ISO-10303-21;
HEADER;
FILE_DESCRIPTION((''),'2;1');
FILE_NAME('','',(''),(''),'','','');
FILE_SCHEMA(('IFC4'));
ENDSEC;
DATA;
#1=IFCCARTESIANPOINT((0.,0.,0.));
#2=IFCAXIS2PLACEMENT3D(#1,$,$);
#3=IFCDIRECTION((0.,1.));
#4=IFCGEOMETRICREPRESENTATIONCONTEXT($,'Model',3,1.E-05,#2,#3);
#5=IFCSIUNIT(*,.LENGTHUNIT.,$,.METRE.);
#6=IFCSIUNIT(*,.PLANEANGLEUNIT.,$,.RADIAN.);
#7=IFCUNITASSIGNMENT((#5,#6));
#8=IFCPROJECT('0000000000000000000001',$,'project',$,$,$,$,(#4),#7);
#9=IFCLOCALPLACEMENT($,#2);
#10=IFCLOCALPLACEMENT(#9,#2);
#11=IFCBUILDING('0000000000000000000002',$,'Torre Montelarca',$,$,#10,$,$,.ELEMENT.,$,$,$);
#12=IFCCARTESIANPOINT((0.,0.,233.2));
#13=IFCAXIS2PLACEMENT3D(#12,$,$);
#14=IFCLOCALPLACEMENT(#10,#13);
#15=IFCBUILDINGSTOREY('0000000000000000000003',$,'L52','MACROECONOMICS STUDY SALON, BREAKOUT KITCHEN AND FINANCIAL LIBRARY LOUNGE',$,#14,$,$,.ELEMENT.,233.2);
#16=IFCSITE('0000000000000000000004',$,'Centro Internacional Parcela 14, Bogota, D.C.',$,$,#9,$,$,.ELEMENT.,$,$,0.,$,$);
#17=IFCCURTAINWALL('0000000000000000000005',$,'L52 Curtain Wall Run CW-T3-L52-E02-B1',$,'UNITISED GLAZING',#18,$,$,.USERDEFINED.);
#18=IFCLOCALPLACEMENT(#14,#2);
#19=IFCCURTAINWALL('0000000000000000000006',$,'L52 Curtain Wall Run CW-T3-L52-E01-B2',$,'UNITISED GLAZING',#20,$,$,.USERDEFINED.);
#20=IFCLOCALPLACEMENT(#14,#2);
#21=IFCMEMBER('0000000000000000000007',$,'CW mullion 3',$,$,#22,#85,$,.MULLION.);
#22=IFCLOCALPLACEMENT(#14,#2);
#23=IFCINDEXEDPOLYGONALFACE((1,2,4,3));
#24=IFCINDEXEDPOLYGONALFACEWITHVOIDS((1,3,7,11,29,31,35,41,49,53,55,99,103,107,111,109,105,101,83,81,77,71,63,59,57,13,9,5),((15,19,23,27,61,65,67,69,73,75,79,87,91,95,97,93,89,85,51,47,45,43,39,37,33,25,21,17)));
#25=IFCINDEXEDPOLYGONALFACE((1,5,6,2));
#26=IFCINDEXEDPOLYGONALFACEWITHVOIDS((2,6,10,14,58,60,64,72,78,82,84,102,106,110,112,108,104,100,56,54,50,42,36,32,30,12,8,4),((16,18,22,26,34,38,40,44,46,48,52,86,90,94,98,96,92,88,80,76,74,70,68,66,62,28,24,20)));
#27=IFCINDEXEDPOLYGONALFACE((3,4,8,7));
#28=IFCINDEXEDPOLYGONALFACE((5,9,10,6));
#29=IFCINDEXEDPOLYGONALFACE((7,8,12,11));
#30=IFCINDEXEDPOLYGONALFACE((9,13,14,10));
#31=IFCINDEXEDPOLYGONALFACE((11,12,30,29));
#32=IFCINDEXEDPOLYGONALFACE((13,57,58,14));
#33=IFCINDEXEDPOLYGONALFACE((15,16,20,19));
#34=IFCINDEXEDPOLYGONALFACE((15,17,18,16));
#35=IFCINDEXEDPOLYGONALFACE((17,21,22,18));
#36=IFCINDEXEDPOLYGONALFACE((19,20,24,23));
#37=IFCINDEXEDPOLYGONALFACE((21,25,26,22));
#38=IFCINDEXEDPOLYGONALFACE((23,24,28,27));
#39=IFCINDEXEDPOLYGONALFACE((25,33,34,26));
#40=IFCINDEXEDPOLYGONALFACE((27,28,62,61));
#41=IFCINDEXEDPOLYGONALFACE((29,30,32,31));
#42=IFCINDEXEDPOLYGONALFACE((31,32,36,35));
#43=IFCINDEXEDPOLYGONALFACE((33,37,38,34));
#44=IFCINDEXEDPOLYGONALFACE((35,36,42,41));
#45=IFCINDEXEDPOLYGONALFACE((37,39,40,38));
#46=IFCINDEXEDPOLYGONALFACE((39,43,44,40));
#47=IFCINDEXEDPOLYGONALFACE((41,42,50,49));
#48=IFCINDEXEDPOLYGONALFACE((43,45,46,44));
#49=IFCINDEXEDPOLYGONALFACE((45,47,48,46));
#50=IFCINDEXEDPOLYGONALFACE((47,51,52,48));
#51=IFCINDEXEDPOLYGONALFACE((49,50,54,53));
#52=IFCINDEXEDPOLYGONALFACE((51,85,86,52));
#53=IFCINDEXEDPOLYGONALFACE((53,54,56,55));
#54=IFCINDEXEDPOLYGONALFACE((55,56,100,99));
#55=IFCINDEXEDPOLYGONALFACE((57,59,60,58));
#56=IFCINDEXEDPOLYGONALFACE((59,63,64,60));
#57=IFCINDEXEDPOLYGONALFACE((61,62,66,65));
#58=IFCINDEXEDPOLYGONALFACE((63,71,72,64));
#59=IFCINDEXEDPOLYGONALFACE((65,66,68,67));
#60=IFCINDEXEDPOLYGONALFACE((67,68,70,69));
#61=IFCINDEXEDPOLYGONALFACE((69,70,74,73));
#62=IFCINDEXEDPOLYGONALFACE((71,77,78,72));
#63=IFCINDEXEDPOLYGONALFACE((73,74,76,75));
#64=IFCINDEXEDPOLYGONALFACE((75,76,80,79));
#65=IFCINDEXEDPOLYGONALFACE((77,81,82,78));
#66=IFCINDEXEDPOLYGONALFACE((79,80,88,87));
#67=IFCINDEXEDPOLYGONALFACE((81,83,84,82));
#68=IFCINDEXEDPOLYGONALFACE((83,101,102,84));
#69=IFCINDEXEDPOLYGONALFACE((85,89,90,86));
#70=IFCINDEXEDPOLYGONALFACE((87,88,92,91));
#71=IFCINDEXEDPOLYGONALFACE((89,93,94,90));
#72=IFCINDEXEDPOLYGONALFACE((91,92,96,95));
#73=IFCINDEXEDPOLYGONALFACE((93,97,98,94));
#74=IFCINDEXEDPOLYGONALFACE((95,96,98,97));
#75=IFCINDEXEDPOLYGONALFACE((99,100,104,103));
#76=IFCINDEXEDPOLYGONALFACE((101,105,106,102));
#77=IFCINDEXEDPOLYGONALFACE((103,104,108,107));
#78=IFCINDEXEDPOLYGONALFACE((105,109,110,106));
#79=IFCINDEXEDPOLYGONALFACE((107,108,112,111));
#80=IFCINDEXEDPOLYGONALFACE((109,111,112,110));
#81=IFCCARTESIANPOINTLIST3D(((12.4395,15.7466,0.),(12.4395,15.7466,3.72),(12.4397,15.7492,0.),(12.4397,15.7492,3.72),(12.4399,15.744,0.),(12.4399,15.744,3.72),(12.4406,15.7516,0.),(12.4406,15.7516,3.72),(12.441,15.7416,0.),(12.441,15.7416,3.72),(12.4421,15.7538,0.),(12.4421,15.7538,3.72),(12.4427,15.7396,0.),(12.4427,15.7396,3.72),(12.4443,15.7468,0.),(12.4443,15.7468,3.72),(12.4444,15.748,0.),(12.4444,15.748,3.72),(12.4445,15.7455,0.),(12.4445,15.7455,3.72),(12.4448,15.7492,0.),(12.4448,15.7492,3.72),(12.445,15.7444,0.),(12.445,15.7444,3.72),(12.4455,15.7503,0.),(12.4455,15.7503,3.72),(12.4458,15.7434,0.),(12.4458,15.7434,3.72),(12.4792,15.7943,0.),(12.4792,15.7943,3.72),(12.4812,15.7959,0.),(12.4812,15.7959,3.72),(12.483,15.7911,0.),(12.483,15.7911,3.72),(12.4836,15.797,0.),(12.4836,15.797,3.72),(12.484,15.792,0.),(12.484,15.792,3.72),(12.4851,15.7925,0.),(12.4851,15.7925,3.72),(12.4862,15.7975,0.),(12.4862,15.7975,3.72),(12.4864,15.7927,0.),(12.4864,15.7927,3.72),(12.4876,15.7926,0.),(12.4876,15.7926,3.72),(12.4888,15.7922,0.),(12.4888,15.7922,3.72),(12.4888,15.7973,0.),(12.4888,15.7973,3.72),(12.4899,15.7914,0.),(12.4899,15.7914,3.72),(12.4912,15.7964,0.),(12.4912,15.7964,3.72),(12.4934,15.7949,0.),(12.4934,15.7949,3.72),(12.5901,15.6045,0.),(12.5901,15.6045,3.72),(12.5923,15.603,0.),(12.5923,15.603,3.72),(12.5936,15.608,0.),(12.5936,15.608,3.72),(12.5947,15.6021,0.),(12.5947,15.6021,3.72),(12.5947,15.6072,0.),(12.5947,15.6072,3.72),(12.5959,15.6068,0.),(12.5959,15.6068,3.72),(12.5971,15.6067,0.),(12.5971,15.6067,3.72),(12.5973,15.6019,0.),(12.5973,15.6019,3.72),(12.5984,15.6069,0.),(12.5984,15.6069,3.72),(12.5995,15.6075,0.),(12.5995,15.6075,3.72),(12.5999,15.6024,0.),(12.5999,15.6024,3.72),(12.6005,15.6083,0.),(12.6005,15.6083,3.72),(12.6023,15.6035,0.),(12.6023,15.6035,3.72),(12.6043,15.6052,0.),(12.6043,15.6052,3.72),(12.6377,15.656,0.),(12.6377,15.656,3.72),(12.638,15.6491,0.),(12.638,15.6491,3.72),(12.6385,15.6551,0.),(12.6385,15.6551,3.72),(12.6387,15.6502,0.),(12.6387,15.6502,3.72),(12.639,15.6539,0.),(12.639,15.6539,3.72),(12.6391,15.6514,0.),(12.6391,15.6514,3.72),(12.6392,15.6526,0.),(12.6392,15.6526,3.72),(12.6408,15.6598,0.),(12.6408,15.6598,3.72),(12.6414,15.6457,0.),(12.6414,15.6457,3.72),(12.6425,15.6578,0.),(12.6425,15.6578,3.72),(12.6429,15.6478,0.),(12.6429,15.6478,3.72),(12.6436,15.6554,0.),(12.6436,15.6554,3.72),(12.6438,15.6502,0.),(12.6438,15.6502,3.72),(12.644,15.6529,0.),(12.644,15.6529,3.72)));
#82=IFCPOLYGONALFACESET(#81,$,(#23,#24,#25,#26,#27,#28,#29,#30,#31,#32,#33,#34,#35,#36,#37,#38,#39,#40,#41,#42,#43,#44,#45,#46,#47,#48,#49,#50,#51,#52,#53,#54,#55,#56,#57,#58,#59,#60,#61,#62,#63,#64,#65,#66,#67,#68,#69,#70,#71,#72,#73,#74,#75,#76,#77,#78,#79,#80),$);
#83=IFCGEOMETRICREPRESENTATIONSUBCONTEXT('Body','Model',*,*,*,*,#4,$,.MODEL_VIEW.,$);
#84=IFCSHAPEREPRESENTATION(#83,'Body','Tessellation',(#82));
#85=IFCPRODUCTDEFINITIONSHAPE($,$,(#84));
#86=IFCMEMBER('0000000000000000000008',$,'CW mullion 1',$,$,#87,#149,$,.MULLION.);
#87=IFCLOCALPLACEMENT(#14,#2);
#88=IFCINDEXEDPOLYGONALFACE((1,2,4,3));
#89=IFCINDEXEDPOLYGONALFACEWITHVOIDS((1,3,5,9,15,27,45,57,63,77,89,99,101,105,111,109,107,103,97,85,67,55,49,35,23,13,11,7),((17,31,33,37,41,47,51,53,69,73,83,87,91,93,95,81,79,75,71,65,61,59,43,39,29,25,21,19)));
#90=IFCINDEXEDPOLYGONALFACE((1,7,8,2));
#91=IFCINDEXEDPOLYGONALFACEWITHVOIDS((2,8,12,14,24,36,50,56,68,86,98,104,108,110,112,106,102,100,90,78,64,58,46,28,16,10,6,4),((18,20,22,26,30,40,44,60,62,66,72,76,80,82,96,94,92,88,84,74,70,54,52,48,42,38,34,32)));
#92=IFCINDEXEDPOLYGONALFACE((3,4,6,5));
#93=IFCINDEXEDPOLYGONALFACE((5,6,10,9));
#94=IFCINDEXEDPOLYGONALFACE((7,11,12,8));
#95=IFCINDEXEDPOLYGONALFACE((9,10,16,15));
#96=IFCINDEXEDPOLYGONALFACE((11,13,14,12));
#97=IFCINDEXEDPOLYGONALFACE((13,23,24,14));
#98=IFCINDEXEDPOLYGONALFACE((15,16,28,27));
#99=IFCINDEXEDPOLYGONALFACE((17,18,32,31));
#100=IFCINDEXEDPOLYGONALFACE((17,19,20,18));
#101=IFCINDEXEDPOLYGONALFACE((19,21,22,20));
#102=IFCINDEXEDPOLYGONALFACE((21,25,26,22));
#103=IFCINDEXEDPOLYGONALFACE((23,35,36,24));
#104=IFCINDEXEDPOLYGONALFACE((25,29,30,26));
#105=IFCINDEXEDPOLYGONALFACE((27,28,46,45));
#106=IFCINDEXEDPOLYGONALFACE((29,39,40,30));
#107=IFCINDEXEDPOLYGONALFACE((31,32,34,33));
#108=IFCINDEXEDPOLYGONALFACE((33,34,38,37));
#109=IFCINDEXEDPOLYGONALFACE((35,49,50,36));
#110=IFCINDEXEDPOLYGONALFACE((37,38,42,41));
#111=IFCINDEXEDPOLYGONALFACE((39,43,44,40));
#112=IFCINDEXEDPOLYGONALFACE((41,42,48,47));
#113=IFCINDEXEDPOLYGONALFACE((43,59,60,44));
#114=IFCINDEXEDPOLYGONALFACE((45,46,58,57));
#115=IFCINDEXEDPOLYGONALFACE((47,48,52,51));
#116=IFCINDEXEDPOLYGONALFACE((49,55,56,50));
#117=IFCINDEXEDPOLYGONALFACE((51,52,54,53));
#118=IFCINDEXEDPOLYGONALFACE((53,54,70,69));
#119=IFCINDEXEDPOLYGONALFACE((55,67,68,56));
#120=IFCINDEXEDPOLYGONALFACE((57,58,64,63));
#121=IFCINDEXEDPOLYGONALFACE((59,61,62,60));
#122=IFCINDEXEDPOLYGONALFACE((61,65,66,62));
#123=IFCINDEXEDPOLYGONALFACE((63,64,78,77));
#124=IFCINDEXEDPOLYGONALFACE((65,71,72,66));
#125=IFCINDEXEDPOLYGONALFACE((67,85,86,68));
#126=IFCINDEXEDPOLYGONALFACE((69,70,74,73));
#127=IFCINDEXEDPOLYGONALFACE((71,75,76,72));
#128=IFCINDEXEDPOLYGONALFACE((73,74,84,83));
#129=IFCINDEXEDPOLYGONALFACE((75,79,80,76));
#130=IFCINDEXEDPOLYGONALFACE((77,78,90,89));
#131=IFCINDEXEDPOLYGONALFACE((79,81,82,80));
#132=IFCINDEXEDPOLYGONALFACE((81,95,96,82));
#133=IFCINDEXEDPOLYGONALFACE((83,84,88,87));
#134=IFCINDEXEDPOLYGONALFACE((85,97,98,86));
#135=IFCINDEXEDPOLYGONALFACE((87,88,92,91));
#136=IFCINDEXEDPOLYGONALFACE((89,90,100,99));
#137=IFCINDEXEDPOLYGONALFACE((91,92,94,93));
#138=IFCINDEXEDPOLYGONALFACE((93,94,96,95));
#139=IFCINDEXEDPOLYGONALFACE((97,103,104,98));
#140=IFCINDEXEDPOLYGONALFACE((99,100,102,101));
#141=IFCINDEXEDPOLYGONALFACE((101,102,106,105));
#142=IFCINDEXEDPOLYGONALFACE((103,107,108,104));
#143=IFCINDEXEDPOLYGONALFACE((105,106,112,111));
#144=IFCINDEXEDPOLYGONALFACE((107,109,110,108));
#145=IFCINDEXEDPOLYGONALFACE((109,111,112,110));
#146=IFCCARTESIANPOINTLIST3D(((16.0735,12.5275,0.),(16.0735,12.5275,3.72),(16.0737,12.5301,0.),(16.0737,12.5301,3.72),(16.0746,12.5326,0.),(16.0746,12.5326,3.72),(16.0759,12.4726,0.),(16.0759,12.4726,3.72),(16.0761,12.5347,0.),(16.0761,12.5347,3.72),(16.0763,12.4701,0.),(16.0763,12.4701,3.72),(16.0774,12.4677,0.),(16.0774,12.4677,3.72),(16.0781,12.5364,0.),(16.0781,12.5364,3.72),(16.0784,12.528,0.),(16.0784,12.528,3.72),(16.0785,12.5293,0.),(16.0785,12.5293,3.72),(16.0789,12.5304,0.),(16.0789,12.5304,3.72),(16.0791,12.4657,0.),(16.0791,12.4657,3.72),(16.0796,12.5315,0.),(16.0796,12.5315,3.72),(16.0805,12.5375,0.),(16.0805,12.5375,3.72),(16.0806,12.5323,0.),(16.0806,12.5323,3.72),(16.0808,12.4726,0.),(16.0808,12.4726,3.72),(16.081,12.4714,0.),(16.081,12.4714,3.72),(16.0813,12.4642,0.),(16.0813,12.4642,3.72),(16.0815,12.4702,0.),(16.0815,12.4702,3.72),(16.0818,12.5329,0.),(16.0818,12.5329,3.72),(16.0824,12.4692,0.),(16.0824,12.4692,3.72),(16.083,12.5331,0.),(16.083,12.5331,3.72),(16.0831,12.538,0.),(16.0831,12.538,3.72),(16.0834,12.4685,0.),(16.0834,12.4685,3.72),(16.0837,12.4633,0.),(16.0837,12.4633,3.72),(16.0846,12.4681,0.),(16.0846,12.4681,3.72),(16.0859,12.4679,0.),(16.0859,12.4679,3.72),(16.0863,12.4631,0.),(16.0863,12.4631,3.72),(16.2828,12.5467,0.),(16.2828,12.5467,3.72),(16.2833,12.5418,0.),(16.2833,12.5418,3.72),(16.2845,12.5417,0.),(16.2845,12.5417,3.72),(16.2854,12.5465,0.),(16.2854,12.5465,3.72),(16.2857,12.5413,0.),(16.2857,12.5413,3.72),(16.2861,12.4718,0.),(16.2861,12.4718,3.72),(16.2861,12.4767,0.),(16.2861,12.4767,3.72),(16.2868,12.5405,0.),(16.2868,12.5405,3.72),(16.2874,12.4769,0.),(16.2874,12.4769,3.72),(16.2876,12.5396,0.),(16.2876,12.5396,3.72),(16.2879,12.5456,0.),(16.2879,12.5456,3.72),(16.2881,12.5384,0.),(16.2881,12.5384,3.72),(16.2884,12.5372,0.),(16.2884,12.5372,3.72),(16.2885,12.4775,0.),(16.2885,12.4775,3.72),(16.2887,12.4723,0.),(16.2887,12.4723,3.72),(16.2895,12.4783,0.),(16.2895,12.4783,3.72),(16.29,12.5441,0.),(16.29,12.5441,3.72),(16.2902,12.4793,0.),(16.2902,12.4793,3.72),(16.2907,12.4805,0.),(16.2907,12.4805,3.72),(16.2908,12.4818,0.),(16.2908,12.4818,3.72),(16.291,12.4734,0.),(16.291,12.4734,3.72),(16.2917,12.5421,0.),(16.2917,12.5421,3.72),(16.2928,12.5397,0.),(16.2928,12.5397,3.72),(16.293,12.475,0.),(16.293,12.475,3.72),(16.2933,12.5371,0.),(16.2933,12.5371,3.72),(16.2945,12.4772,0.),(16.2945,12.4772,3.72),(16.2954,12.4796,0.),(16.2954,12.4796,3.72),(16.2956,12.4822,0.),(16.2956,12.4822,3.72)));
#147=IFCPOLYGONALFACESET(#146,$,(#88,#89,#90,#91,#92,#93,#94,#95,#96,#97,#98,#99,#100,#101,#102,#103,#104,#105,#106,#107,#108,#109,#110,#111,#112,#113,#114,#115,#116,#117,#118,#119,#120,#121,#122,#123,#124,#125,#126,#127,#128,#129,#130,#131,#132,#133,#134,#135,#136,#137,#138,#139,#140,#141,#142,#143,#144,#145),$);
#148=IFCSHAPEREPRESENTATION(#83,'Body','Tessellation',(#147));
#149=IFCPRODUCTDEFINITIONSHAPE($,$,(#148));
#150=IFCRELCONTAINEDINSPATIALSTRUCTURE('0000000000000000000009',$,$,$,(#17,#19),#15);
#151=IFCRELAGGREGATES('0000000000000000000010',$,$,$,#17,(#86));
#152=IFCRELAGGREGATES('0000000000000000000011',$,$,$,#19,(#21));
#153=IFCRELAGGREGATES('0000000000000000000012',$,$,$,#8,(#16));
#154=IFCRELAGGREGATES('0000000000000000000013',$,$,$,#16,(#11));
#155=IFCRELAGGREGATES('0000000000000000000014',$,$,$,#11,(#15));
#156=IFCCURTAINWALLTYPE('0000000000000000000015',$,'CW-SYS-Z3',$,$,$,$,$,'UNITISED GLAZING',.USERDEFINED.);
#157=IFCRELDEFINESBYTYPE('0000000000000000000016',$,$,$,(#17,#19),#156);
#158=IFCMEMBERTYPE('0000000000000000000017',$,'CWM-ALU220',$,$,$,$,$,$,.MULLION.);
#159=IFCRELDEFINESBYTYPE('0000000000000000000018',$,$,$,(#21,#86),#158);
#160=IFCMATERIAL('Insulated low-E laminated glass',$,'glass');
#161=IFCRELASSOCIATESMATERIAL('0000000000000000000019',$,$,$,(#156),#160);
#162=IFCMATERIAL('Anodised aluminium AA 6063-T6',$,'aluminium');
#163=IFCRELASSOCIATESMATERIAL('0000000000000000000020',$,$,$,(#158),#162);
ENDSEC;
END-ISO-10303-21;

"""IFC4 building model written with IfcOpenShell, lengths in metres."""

from ifc_helpers import new_model, si_unit, direction, frame, origin, origin_2d, place, context, subcontext, project, spatial, hollow_rectangle, extrude, source, transform, mapped, material, material_profile, profile_set, type_object, element, aggregate, save


model = new_model("IFC4")

# Units and contexts
model_context = context("Model", 3, precision=1e-05, world=origin(), true_north=direction((0.0, 1.0)))
body_context = subcontext(model_context, "Body", "Model", "MODEL_VIEW")
ifc_project = project(units=[si_unit("LENGTHUNIT", "METRE"), si_unit("PLANEANGLEUNIT", "RADIAN")], contexts=[model_context])

# Site, building, storey
site_placement = place(None, origin())
site = spatial("IfcSite", under=ifc_project, at=site_placement, Name="Centro Internacional Parcela 14, Bogota, D.C.", CompositionType="ELEMENT", RefElevation=0.0)
building_placement = place(site_placement, origin())
building = spatial("IfcBuilding", under=site, at=building_placement, Name="Torre Montelarca", CompositionType="ELEMENT")
storey_placement = place(building_placement, frame((0.0, 0.0, 233.2)))
storey = spatial("IfcBuildingStorey", under=building, at=storey_placement, Name="L52", Description="MACROECONOMICS STUDY SALON, BREAKOUT KITCHEN AND FINANCIAL LIBRARY LOUNGE", CompositionType="ELEMENT", Elevation=233.2)

# Curtain walls, member
ifc_material_1 = material(Name="Insulated low-E laminated glass", Category="glass")
curtain_wall_type = type_object("IfcCurtainWallType", Name="CW-SYS-Z3", ElementType="UNITISED GLAZING", PredefinedType="USERDEFINED", material=ifc_material_1)
curtain_wall_1_placement = place(storey_placement, origin())
curtain_wall_1 = element("IfcCurtainWall", 1, at=curtain_wall_1_placement, inside=storey, type_object=curtain_wall_type, Name="L52 Curtain Wall Run CW-T3-L52-E02-B1", ObjectType="UNITISED GLAZING", PredefinedType="USERDEFINED")
ifc_material_2 = material(Name="Anodised aluminium AA 6063-T6", Category="aluminium")
curtain_wall_2_placement = place(storey_placement, origin())
curtain_wall_2 = element("IfcCurtainWall", 2, at=curtain_wall_2_placement, inside=storey, type_object=curtain_wall_type, Name="L52 Curtain Wall Run CW-T3-L52-E01-B2", ObjectType="UNITISED GLAZING", PredefinedType="USERDEFINED")
ifc_material_profile_1 = material_profile(ifc_material_2, hollow_rectangle(XDim=0.075, YDim=0.22, WallThickness=0.0049, InnerFilletRadius=0.0049, OuterFilletRadius=0.01, at=origin_2d()), Name="ALU75X220X5", Category="aluminium")
ifc_profile_set_1 = profile_set([ifc_material_profile_1], Name="Anodised aluminium AA 6063-T6")
member_type_1 = type_object("IfcMemberType", Name="CWM-ALU220", PredefinedType="MULLION", material=ifc_profile_set_1)
shared_shape_1 = source(origin(), body_context, "Body", "SweptSolid", [
    extrude(hollow_rectangle(XDim=0.075, YDim=0.22, WallThickness=0.0049, InnerFilletRadius=0.0049, OuterFilletRadius=0.01, at=origin_2d()), origin(), (0.0, 0.0, 1.0), 3.72),
])
member_1_placement = place(storey_placement, frame((12.5417, 15.6997, 0.0), z_axis=(0.0, 0.0, 1.0), x_axis=(0.675579, 0.737288, 0.0)))
member_1 = element("IfcMember", 3, at=member_1_placement, type_object=member_type_1, Name="CW mullion 3", PredefinedType="MULLION", context=body_context, shape_type="MappedRepresentation", body=[
    mapped(shared_shape_1, transform((0.0, 0.0, 0.0), scale=1.0)),
])

# Member
member_2_placement = place(storey_placement, frame((16.1846, 12.5049, 0.0), z_axis=(0.0, 0.0, 1.0), x_axis=(-0.043625, 0.999048, 0.0)))
member_2 = element("IfcMember", 4, at=member_2_placement, type_object=member_type_1, Name="CW mullion 1", PredefinedType="MULLION", context=body_context, shape_type="MappedRepresentation", body=[
    mapped(shared_shape_1, transform((0.0, 0.0, 0.0), scale=1.0)),
])

aggregate(curtain_wall_1, [member_2])
aggregate(curtain_wall_2, [member_1])

save(model, "model.ifc")
